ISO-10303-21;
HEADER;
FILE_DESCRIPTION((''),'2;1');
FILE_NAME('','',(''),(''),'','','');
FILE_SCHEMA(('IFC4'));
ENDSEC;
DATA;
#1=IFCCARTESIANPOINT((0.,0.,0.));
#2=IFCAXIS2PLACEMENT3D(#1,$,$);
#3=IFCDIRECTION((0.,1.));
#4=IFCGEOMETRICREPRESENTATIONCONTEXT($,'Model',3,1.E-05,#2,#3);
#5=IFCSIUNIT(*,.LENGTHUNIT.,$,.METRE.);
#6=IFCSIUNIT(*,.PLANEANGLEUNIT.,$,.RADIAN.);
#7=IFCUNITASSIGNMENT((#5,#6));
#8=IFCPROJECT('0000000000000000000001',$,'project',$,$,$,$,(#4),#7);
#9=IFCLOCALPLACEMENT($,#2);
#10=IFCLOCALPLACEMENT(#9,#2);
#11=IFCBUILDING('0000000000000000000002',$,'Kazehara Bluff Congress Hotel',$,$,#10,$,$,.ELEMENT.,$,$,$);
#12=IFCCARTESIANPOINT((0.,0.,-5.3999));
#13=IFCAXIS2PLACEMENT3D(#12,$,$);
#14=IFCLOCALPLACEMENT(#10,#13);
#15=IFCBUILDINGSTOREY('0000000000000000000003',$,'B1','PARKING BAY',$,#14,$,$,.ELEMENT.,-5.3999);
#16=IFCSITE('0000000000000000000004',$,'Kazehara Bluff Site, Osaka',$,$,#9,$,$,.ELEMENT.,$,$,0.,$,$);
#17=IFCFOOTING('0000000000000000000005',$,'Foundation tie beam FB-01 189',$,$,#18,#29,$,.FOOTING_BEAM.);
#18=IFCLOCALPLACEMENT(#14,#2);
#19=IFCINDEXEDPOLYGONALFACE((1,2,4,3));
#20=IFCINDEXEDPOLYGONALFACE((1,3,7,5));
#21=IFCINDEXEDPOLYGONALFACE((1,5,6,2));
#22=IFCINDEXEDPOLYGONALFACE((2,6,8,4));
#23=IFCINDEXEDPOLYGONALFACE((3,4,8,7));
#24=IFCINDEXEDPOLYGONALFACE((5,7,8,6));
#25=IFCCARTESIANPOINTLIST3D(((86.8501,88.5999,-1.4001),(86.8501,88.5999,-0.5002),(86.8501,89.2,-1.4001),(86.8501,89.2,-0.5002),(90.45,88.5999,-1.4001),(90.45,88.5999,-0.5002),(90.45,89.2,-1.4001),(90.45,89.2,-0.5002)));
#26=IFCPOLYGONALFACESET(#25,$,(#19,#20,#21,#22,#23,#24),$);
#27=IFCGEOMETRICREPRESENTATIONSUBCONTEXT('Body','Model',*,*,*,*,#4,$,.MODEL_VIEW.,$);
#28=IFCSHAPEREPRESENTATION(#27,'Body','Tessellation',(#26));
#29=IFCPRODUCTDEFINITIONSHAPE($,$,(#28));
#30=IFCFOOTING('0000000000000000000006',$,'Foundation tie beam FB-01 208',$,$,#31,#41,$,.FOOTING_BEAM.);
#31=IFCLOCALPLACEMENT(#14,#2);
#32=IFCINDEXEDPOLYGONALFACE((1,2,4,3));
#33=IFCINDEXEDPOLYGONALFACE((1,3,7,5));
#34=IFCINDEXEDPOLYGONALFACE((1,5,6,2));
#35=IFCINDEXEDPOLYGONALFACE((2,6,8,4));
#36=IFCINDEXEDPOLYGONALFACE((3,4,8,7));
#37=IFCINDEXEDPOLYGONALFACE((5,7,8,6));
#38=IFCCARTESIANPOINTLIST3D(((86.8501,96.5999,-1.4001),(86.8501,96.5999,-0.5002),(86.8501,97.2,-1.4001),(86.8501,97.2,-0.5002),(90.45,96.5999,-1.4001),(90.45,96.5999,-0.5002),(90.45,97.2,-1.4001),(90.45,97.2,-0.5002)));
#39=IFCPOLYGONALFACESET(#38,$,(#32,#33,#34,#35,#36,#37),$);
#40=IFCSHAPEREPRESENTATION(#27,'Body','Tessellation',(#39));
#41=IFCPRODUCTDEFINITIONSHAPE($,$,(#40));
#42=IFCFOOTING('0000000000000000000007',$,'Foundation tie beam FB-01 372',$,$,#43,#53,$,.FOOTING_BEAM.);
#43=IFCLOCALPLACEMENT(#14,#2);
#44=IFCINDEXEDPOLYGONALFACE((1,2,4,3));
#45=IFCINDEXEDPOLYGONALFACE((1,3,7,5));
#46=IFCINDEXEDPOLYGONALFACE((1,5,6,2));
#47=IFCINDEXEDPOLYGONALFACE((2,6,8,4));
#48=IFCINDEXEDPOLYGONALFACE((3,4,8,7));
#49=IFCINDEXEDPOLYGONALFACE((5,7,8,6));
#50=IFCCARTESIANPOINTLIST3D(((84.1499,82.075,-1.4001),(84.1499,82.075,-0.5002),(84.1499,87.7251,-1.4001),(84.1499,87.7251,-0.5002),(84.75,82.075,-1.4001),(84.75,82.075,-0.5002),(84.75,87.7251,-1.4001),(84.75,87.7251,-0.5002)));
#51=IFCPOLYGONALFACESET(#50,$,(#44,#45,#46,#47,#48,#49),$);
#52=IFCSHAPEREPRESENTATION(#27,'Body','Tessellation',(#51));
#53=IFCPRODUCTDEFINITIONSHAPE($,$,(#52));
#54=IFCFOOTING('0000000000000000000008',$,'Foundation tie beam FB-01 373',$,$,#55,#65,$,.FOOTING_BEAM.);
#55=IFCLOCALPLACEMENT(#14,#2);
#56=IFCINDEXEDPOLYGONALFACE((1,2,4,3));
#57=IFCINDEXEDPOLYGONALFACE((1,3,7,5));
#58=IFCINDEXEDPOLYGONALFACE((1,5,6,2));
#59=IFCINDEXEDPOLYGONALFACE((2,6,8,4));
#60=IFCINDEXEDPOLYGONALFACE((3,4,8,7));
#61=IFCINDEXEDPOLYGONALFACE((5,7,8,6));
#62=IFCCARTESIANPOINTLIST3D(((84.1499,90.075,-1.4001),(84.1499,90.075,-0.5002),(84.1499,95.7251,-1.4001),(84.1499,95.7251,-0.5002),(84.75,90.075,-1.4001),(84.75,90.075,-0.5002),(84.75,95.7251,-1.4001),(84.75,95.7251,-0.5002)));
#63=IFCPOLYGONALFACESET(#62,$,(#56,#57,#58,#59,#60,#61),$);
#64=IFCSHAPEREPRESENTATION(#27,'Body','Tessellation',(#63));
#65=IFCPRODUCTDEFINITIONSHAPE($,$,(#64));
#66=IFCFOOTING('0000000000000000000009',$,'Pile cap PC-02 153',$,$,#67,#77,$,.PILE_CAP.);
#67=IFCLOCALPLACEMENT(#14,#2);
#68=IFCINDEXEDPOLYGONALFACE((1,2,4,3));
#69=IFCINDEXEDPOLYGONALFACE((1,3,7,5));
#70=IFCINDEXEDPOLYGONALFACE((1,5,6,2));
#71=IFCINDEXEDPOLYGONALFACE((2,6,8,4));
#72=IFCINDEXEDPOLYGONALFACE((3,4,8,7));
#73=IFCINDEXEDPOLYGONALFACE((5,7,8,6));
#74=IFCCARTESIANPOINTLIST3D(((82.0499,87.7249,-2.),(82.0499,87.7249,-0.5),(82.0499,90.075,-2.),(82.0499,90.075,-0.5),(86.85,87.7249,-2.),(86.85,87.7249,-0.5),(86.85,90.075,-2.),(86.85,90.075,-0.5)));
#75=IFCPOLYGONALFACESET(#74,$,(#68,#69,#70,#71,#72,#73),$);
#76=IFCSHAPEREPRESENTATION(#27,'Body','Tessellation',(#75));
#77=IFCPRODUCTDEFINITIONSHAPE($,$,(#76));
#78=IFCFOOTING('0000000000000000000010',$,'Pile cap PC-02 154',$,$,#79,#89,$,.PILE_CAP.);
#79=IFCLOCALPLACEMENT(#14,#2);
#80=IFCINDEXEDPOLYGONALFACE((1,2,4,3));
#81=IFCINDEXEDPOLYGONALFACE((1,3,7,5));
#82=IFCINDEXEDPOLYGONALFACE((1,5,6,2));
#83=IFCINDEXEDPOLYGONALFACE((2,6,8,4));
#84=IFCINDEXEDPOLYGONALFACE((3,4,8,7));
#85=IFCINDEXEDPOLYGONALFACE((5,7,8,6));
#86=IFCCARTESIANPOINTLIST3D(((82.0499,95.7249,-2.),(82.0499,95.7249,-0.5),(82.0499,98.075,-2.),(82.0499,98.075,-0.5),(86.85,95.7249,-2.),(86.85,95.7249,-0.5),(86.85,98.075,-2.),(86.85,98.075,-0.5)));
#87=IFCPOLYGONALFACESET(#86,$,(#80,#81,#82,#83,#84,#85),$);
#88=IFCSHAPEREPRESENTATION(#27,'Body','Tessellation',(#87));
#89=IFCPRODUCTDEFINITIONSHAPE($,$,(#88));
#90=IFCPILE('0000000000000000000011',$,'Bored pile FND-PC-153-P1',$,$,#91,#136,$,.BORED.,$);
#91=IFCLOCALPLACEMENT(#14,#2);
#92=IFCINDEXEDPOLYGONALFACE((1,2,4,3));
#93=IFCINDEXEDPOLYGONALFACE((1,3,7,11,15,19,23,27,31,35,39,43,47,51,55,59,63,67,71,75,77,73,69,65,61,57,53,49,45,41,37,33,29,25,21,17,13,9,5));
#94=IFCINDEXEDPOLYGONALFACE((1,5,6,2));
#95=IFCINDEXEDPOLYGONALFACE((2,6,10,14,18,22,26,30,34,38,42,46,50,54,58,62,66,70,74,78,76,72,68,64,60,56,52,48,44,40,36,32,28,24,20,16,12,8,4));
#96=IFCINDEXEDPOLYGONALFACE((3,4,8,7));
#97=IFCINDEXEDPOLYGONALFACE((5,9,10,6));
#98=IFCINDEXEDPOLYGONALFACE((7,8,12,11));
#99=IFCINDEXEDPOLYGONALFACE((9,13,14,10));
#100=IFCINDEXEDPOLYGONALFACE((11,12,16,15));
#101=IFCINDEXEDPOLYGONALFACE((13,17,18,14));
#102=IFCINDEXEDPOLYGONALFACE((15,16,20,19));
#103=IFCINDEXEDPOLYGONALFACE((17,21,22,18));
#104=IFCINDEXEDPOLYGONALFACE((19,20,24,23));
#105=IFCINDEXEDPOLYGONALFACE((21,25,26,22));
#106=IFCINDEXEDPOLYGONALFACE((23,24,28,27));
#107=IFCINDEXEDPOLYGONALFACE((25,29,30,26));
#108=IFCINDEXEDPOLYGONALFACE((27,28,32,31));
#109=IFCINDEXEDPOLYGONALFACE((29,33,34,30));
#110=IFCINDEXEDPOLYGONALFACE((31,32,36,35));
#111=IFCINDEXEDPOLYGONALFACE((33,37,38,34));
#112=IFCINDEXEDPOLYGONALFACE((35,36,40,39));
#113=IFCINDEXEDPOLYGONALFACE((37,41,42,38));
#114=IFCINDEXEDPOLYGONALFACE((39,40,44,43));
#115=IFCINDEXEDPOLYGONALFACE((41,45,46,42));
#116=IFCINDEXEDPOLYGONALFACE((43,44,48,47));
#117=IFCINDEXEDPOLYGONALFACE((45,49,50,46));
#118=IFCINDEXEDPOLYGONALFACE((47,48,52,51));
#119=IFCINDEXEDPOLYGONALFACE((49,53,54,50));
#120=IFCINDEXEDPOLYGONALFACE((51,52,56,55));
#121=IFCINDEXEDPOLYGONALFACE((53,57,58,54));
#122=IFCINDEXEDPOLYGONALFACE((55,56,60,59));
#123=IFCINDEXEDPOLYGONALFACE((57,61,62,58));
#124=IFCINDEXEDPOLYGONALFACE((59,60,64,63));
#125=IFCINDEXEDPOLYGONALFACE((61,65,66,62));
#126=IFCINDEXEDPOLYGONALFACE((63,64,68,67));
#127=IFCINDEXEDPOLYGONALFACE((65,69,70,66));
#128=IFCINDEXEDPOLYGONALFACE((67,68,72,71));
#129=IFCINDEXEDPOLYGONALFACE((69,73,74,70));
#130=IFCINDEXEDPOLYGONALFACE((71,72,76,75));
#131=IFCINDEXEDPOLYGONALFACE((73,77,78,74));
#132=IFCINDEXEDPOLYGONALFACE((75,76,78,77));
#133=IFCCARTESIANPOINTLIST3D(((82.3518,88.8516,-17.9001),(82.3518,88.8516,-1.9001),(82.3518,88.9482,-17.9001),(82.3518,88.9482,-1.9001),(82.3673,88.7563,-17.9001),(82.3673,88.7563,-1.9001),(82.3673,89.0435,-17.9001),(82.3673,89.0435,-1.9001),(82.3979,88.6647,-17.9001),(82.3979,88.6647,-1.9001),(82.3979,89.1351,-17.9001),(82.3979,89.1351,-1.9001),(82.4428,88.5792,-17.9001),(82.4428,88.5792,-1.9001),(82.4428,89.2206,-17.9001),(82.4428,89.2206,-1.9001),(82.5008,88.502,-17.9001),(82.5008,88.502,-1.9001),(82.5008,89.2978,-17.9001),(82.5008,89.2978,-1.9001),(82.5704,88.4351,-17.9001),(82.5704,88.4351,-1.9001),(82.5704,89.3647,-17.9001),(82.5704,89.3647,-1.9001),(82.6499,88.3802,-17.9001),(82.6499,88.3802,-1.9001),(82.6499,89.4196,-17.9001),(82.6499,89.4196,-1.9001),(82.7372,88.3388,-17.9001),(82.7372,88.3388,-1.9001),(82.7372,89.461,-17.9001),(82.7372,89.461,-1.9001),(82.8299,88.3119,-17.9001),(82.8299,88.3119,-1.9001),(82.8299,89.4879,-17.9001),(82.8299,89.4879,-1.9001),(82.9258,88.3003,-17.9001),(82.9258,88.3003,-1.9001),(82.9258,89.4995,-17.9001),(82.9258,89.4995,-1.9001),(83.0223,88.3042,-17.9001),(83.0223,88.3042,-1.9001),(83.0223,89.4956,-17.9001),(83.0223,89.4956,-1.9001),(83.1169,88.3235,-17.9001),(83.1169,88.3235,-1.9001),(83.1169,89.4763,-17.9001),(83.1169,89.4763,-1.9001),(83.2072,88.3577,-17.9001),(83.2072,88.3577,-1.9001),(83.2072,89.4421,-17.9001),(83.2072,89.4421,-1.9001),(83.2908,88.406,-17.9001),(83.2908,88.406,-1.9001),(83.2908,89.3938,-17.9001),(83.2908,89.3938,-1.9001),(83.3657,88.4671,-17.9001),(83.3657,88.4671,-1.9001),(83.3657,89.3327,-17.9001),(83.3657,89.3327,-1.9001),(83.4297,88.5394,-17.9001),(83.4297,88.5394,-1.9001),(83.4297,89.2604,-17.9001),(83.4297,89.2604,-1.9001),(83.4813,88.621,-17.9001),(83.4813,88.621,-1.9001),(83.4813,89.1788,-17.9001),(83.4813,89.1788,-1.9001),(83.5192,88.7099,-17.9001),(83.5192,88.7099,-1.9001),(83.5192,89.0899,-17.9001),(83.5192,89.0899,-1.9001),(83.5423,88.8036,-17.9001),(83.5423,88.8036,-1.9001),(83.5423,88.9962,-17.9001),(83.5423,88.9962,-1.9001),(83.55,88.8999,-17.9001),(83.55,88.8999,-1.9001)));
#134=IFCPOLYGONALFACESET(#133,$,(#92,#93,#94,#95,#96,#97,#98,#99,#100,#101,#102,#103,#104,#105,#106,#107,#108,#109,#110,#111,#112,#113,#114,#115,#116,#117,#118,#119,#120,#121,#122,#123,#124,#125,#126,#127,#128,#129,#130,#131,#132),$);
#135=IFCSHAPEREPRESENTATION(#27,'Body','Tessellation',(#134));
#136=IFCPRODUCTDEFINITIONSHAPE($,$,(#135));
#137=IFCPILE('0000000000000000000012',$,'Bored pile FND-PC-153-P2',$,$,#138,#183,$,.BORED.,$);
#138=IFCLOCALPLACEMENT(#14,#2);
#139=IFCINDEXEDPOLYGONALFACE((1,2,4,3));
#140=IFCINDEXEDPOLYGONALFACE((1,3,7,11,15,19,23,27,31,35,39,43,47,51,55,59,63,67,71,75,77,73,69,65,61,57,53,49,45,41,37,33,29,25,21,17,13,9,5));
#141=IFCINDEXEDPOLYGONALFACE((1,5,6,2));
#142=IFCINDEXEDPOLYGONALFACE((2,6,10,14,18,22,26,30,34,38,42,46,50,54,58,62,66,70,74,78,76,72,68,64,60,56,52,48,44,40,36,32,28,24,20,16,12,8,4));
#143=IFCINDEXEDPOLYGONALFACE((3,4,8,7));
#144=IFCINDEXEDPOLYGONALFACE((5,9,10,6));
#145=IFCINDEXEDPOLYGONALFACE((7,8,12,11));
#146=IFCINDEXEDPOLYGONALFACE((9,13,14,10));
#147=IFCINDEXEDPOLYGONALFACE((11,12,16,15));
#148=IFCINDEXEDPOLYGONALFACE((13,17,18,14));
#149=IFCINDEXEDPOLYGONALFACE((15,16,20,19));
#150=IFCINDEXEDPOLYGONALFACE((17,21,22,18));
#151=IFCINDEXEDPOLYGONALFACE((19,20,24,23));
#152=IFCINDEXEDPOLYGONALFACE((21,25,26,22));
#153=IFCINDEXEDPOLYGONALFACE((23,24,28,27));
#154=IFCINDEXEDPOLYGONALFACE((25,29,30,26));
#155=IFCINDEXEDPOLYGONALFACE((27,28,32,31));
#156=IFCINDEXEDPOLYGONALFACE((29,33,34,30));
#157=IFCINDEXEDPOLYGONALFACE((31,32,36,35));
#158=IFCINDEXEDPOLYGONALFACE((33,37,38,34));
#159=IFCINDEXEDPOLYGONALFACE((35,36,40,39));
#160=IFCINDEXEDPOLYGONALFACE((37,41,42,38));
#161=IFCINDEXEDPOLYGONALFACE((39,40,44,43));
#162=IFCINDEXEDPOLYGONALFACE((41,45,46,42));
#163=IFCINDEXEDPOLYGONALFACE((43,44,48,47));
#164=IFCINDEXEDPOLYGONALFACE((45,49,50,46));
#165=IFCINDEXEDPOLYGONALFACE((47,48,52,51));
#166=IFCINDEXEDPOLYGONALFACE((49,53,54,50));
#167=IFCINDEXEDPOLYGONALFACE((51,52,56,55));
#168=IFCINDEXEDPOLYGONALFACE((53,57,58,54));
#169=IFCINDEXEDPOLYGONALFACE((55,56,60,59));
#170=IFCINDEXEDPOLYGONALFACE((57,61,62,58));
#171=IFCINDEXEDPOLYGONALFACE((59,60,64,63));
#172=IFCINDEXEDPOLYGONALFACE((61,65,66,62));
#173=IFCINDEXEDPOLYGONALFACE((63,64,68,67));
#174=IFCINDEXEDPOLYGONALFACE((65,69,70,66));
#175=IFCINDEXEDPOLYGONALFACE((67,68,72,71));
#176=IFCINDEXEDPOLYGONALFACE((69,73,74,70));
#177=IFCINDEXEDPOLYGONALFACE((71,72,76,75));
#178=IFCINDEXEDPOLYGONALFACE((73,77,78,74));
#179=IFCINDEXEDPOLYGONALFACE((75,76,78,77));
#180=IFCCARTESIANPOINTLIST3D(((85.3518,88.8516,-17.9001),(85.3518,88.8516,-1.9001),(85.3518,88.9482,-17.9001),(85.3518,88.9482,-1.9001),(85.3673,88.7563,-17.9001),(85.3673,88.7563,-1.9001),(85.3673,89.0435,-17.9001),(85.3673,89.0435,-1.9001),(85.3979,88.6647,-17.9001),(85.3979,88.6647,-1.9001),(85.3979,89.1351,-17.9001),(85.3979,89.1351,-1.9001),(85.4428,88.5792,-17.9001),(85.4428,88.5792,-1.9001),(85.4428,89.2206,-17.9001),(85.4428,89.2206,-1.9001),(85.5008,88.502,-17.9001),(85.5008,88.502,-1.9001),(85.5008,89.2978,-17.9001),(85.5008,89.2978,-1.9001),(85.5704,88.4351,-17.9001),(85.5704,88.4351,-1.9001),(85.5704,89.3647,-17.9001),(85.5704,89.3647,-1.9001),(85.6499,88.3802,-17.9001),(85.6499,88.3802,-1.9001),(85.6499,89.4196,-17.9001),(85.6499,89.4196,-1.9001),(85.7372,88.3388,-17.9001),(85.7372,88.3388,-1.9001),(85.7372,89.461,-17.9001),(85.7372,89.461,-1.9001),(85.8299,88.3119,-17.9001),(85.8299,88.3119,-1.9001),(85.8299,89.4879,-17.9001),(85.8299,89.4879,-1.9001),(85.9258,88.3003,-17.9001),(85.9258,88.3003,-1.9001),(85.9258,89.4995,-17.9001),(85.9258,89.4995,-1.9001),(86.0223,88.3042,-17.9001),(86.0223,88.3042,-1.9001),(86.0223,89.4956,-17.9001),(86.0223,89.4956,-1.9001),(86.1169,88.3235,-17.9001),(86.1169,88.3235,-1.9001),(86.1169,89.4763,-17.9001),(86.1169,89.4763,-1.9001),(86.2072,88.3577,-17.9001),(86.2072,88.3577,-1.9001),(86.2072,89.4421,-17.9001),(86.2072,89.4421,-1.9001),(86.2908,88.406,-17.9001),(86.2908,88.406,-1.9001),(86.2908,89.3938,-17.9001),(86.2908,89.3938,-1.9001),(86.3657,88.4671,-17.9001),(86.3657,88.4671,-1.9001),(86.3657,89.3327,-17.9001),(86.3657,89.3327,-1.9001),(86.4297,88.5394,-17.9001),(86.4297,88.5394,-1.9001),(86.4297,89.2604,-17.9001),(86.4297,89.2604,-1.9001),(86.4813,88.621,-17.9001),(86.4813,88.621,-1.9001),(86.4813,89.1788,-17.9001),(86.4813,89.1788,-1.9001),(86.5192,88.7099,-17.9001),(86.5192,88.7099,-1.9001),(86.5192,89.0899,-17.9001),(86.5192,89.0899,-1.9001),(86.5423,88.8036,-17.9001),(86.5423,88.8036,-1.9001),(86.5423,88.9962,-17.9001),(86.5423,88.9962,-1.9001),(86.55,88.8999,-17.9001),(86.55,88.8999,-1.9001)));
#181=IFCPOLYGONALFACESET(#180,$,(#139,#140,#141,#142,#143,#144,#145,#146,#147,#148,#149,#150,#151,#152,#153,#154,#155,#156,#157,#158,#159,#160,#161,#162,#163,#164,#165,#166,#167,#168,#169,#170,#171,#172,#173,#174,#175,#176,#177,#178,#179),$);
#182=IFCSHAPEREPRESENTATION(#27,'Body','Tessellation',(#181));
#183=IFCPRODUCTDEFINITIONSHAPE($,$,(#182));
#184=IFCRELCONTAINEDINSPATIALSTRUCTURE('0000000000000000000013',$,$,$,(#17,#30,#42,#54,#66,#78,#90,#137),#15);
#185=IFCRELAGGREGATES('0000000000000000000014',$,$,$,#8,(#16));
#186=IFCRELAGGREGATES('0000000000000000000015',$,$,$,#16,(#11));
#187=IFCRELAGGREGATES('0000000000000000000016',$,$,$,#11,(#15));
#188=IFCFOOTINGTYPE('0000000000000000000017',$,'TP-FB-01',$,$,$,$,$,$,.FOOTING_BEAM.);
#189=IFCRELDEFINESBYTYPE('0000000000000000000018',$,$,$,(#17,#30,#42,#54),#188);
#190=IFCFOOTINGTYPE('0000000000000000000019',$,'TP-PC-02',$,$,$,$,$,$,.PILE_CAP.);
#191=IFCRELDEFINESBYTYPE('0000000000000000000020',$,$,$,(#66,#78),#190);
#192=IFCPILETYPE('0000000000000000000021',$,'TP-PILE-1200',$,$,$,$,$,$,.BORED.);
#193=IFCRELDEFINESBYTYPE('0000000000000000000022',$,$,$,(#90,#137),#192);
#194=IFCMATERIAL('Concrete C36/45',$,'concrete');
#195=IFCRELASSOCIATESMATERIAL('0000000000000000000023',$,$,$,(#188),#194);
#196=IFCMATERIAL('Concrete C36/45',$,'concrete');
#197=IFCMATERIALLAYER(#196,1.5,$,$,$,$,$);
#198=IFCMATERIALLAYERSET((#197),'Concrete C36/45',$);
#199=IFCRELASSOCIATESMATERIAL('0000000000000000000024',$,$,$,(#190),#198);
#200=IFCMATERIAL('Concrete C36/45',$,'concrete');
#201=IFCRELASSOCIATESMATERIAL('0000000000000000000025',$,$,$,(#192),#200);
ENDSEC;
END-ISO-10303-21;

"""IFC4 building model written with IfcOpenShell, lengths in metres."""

from ifc_helpers import new_model, si_unit, direction, frame, origin, origin_2d, place, context, subcontext, project, spatial, rectangle, circle, extrude, material, layer, layer_set, material_profile, profile_set, type_object, element, save


model = new_model("IFC4")

# Units and contexts
model_context = context("Model", 3, precision=1e-05, world=origin(), true_north=direction((0.0, 1.0)))
body_context = subcontext(model_context, "Body", "Model", "MODEL_VIEW")
ifc_project = project(units=[si_unit("LENGTHUNIT", "METRE"), si_unit("PLANEANGLEUNIT", "RADIAN")], contexts=[model_context])

# Site, building, storey
site_placement = place(None, origin())
site = spatial("IfcSite", under=ifc_project, at=site_placement, Name="Kazehara Bluff Site, Osaka", CompositionType="ELEMENT", RefElevation=0.0)
building_placement = place(site_placement, origin())
building = spatial("IfcBuilding", under=site, at=building_placement, Name="Kazehara Bluff Congress Hotel", CompositionType="ELEMENT")
storey_placement = place(building_placement, frame((0.0, 0.0, -5.3999)))
storey = spatial("IfcBuildingStorey", under=building, at=storey_placement, Name="B1", Description="PARKING BAY", CompositionType="ELEMENT", Elevation=-5.3999)

# Footings
ifc_material_1 = material(Name="Concrete C36/45", Category="concrete")
ifc_material_profile_1 = material_profile(ifc_material_1, rectangle(XDim=0.6001, YDim=0.8999, at=origin_2d()))
ifc_profile_set_1 = profile_set([ifc_material_profile_1], Name="Concrete C36/45")
footing_type_1 = type_object("IfcFootingType", Name="TP-FB-01", PredefinedType="FOOTING_BEAM", material=ifc_profile_set_1)
for number, where, z_axis, x_axis, name in (
    (1, (86.8501, 88.8999, -0.9502), (1.0, 0.0, 0.0), (0.0, 1.0, 0.0), "Foundation tie beam FB-01 189"),
    (2, (86.8501, 96.8999, -0.9502), (1.0, 0.0, 0.0), (0.0, 1.0, 0.0), "Foundation tie beam FB-01 208"),
):
    element("IfcFooting", number, at=place(storey_placement, frame(where, z_axis=z_axis, x_axis=x_axis)), inside=storey, type_object=footing_type_1, Name=name, PredefinedType="FOOTING_BEAM", context=body_context, shape_type="SweptSolid", body=[
        extrude(rectangle(XDim=0.6001, YDim=0.8999, at=origin_2d()), origin(), (0.0, 0.0, 1.0), 3.5999),
    ])
for number, where, z_axis, x_axis, name in (
    (3, (84.45, 82.075, -0.9502), (0.0, 1.0, 0.0), (-1.0, 0.0, 0.0), "Foundation tie beam FB-01 372"),
    (4, (84.45, 90.075, -0.9502), (0.0, 1.0, 0.0), (-1.0, 0.0, 0.0), "Foundation tie beam FB-01 373"),
):
    element("IfcFooting", number, at=place(storey_placement, frame(where, z_axis=z_axis, x_axis=x_axis)), inside=storey, type_object=footing_type_1, Name=name, PredefinedType="FOOTING_BEAM", context=body_context, shape_type="SweptSolid", body=[
        extrude(rectangle(XDim=0.6001, YDim=0.8999, at=origin_2d()), origin(), (0.0, 0.0, 1.0), 5.6501),
    ])
ifc_material_2 = material(Name="Concrete C36/45", Category="concrete")
ifc_layer_1 = layer(ifc_material_2, 1.5)
ifc_layer_set_1 = layer_set([ifc_layer_1], Name="Concrete C36/45")
footing_type_2 = type_object("IfcFootingType", Name="TP-PC-02", PredefinedType="PILE_CAP", material=ifc_layer_set_1)
for number, where, z_axis, x_axis, name in (
    (5, (84.45, 88.8999, -2.0), (0.0, 0.0, 1.0), (1.0, 0.0, 0.0), "Pile cap PC-02 153"),
    (6, (84.45, 96.8999, -2.0), (0.0, 0.0, 1.0), (1.0, 0.0, 0.0), "Pile cap PC-02 154"),
):
    element("IfcFooting", number, at=place(storey_placement, frame(where, z_axis=z_axis, x_axis=x_axis)), inside=storey, type_object=footing_type_2, Name=name, PredefinedType="PILE_CAP", context=body_context, shape_type="SweptSolid", body=[
        extrude(rectangle(XDim=4.8, YDim=2.3501, at=origin_2d()), origin(), (0.0, 0.0, 1.0), 1.5),
    ])

# Piles
ifc_material_3 = material(Name="Concrete C36/45", Category="concrete")
ifc_material_profile_2 = material_profile(ifc_material_3, circle(Radius=0.6001, at=origin_2d()))
ifc_profile_set_2 = profile_set([ifc_material_profile_2], Name="Concrete C36/45")
pile_type = type_object("IfcPileType", Name="TP-PILE-1200", PredefinedType="BORED", material=ifc_profile_set_2)
for number, where, z_axis, x_axis, name in (
    (7, (82.95, 88.8999, -1.9001), (0.0, 0.0, -1.0), (1.0, 0.0, 0.0), "Bored pile FND-PC-153-P1"),
    (8, (85.95, 88.8999, -1.9001), (0.0, 0.0, -1.0), (1.0, 0.0, 0.0), "Bored pile FND-PC-153-P2"),
):
    element("IfcPile", number, at=place(storey_placement, frame(where, z_axis=z_axis, x_axis=x_axis)), inside=storey, type_object=pile_type, Name=name, PredefinedType="BORED", context=body_context, shape_type="SweptSolid", body=[
        extrude(circle(Radius=0.6001, at=origin_2d()), origin(), (0.0, 0.0, 1.0), 16.0),
    ])

save(model, "model.ifc")
